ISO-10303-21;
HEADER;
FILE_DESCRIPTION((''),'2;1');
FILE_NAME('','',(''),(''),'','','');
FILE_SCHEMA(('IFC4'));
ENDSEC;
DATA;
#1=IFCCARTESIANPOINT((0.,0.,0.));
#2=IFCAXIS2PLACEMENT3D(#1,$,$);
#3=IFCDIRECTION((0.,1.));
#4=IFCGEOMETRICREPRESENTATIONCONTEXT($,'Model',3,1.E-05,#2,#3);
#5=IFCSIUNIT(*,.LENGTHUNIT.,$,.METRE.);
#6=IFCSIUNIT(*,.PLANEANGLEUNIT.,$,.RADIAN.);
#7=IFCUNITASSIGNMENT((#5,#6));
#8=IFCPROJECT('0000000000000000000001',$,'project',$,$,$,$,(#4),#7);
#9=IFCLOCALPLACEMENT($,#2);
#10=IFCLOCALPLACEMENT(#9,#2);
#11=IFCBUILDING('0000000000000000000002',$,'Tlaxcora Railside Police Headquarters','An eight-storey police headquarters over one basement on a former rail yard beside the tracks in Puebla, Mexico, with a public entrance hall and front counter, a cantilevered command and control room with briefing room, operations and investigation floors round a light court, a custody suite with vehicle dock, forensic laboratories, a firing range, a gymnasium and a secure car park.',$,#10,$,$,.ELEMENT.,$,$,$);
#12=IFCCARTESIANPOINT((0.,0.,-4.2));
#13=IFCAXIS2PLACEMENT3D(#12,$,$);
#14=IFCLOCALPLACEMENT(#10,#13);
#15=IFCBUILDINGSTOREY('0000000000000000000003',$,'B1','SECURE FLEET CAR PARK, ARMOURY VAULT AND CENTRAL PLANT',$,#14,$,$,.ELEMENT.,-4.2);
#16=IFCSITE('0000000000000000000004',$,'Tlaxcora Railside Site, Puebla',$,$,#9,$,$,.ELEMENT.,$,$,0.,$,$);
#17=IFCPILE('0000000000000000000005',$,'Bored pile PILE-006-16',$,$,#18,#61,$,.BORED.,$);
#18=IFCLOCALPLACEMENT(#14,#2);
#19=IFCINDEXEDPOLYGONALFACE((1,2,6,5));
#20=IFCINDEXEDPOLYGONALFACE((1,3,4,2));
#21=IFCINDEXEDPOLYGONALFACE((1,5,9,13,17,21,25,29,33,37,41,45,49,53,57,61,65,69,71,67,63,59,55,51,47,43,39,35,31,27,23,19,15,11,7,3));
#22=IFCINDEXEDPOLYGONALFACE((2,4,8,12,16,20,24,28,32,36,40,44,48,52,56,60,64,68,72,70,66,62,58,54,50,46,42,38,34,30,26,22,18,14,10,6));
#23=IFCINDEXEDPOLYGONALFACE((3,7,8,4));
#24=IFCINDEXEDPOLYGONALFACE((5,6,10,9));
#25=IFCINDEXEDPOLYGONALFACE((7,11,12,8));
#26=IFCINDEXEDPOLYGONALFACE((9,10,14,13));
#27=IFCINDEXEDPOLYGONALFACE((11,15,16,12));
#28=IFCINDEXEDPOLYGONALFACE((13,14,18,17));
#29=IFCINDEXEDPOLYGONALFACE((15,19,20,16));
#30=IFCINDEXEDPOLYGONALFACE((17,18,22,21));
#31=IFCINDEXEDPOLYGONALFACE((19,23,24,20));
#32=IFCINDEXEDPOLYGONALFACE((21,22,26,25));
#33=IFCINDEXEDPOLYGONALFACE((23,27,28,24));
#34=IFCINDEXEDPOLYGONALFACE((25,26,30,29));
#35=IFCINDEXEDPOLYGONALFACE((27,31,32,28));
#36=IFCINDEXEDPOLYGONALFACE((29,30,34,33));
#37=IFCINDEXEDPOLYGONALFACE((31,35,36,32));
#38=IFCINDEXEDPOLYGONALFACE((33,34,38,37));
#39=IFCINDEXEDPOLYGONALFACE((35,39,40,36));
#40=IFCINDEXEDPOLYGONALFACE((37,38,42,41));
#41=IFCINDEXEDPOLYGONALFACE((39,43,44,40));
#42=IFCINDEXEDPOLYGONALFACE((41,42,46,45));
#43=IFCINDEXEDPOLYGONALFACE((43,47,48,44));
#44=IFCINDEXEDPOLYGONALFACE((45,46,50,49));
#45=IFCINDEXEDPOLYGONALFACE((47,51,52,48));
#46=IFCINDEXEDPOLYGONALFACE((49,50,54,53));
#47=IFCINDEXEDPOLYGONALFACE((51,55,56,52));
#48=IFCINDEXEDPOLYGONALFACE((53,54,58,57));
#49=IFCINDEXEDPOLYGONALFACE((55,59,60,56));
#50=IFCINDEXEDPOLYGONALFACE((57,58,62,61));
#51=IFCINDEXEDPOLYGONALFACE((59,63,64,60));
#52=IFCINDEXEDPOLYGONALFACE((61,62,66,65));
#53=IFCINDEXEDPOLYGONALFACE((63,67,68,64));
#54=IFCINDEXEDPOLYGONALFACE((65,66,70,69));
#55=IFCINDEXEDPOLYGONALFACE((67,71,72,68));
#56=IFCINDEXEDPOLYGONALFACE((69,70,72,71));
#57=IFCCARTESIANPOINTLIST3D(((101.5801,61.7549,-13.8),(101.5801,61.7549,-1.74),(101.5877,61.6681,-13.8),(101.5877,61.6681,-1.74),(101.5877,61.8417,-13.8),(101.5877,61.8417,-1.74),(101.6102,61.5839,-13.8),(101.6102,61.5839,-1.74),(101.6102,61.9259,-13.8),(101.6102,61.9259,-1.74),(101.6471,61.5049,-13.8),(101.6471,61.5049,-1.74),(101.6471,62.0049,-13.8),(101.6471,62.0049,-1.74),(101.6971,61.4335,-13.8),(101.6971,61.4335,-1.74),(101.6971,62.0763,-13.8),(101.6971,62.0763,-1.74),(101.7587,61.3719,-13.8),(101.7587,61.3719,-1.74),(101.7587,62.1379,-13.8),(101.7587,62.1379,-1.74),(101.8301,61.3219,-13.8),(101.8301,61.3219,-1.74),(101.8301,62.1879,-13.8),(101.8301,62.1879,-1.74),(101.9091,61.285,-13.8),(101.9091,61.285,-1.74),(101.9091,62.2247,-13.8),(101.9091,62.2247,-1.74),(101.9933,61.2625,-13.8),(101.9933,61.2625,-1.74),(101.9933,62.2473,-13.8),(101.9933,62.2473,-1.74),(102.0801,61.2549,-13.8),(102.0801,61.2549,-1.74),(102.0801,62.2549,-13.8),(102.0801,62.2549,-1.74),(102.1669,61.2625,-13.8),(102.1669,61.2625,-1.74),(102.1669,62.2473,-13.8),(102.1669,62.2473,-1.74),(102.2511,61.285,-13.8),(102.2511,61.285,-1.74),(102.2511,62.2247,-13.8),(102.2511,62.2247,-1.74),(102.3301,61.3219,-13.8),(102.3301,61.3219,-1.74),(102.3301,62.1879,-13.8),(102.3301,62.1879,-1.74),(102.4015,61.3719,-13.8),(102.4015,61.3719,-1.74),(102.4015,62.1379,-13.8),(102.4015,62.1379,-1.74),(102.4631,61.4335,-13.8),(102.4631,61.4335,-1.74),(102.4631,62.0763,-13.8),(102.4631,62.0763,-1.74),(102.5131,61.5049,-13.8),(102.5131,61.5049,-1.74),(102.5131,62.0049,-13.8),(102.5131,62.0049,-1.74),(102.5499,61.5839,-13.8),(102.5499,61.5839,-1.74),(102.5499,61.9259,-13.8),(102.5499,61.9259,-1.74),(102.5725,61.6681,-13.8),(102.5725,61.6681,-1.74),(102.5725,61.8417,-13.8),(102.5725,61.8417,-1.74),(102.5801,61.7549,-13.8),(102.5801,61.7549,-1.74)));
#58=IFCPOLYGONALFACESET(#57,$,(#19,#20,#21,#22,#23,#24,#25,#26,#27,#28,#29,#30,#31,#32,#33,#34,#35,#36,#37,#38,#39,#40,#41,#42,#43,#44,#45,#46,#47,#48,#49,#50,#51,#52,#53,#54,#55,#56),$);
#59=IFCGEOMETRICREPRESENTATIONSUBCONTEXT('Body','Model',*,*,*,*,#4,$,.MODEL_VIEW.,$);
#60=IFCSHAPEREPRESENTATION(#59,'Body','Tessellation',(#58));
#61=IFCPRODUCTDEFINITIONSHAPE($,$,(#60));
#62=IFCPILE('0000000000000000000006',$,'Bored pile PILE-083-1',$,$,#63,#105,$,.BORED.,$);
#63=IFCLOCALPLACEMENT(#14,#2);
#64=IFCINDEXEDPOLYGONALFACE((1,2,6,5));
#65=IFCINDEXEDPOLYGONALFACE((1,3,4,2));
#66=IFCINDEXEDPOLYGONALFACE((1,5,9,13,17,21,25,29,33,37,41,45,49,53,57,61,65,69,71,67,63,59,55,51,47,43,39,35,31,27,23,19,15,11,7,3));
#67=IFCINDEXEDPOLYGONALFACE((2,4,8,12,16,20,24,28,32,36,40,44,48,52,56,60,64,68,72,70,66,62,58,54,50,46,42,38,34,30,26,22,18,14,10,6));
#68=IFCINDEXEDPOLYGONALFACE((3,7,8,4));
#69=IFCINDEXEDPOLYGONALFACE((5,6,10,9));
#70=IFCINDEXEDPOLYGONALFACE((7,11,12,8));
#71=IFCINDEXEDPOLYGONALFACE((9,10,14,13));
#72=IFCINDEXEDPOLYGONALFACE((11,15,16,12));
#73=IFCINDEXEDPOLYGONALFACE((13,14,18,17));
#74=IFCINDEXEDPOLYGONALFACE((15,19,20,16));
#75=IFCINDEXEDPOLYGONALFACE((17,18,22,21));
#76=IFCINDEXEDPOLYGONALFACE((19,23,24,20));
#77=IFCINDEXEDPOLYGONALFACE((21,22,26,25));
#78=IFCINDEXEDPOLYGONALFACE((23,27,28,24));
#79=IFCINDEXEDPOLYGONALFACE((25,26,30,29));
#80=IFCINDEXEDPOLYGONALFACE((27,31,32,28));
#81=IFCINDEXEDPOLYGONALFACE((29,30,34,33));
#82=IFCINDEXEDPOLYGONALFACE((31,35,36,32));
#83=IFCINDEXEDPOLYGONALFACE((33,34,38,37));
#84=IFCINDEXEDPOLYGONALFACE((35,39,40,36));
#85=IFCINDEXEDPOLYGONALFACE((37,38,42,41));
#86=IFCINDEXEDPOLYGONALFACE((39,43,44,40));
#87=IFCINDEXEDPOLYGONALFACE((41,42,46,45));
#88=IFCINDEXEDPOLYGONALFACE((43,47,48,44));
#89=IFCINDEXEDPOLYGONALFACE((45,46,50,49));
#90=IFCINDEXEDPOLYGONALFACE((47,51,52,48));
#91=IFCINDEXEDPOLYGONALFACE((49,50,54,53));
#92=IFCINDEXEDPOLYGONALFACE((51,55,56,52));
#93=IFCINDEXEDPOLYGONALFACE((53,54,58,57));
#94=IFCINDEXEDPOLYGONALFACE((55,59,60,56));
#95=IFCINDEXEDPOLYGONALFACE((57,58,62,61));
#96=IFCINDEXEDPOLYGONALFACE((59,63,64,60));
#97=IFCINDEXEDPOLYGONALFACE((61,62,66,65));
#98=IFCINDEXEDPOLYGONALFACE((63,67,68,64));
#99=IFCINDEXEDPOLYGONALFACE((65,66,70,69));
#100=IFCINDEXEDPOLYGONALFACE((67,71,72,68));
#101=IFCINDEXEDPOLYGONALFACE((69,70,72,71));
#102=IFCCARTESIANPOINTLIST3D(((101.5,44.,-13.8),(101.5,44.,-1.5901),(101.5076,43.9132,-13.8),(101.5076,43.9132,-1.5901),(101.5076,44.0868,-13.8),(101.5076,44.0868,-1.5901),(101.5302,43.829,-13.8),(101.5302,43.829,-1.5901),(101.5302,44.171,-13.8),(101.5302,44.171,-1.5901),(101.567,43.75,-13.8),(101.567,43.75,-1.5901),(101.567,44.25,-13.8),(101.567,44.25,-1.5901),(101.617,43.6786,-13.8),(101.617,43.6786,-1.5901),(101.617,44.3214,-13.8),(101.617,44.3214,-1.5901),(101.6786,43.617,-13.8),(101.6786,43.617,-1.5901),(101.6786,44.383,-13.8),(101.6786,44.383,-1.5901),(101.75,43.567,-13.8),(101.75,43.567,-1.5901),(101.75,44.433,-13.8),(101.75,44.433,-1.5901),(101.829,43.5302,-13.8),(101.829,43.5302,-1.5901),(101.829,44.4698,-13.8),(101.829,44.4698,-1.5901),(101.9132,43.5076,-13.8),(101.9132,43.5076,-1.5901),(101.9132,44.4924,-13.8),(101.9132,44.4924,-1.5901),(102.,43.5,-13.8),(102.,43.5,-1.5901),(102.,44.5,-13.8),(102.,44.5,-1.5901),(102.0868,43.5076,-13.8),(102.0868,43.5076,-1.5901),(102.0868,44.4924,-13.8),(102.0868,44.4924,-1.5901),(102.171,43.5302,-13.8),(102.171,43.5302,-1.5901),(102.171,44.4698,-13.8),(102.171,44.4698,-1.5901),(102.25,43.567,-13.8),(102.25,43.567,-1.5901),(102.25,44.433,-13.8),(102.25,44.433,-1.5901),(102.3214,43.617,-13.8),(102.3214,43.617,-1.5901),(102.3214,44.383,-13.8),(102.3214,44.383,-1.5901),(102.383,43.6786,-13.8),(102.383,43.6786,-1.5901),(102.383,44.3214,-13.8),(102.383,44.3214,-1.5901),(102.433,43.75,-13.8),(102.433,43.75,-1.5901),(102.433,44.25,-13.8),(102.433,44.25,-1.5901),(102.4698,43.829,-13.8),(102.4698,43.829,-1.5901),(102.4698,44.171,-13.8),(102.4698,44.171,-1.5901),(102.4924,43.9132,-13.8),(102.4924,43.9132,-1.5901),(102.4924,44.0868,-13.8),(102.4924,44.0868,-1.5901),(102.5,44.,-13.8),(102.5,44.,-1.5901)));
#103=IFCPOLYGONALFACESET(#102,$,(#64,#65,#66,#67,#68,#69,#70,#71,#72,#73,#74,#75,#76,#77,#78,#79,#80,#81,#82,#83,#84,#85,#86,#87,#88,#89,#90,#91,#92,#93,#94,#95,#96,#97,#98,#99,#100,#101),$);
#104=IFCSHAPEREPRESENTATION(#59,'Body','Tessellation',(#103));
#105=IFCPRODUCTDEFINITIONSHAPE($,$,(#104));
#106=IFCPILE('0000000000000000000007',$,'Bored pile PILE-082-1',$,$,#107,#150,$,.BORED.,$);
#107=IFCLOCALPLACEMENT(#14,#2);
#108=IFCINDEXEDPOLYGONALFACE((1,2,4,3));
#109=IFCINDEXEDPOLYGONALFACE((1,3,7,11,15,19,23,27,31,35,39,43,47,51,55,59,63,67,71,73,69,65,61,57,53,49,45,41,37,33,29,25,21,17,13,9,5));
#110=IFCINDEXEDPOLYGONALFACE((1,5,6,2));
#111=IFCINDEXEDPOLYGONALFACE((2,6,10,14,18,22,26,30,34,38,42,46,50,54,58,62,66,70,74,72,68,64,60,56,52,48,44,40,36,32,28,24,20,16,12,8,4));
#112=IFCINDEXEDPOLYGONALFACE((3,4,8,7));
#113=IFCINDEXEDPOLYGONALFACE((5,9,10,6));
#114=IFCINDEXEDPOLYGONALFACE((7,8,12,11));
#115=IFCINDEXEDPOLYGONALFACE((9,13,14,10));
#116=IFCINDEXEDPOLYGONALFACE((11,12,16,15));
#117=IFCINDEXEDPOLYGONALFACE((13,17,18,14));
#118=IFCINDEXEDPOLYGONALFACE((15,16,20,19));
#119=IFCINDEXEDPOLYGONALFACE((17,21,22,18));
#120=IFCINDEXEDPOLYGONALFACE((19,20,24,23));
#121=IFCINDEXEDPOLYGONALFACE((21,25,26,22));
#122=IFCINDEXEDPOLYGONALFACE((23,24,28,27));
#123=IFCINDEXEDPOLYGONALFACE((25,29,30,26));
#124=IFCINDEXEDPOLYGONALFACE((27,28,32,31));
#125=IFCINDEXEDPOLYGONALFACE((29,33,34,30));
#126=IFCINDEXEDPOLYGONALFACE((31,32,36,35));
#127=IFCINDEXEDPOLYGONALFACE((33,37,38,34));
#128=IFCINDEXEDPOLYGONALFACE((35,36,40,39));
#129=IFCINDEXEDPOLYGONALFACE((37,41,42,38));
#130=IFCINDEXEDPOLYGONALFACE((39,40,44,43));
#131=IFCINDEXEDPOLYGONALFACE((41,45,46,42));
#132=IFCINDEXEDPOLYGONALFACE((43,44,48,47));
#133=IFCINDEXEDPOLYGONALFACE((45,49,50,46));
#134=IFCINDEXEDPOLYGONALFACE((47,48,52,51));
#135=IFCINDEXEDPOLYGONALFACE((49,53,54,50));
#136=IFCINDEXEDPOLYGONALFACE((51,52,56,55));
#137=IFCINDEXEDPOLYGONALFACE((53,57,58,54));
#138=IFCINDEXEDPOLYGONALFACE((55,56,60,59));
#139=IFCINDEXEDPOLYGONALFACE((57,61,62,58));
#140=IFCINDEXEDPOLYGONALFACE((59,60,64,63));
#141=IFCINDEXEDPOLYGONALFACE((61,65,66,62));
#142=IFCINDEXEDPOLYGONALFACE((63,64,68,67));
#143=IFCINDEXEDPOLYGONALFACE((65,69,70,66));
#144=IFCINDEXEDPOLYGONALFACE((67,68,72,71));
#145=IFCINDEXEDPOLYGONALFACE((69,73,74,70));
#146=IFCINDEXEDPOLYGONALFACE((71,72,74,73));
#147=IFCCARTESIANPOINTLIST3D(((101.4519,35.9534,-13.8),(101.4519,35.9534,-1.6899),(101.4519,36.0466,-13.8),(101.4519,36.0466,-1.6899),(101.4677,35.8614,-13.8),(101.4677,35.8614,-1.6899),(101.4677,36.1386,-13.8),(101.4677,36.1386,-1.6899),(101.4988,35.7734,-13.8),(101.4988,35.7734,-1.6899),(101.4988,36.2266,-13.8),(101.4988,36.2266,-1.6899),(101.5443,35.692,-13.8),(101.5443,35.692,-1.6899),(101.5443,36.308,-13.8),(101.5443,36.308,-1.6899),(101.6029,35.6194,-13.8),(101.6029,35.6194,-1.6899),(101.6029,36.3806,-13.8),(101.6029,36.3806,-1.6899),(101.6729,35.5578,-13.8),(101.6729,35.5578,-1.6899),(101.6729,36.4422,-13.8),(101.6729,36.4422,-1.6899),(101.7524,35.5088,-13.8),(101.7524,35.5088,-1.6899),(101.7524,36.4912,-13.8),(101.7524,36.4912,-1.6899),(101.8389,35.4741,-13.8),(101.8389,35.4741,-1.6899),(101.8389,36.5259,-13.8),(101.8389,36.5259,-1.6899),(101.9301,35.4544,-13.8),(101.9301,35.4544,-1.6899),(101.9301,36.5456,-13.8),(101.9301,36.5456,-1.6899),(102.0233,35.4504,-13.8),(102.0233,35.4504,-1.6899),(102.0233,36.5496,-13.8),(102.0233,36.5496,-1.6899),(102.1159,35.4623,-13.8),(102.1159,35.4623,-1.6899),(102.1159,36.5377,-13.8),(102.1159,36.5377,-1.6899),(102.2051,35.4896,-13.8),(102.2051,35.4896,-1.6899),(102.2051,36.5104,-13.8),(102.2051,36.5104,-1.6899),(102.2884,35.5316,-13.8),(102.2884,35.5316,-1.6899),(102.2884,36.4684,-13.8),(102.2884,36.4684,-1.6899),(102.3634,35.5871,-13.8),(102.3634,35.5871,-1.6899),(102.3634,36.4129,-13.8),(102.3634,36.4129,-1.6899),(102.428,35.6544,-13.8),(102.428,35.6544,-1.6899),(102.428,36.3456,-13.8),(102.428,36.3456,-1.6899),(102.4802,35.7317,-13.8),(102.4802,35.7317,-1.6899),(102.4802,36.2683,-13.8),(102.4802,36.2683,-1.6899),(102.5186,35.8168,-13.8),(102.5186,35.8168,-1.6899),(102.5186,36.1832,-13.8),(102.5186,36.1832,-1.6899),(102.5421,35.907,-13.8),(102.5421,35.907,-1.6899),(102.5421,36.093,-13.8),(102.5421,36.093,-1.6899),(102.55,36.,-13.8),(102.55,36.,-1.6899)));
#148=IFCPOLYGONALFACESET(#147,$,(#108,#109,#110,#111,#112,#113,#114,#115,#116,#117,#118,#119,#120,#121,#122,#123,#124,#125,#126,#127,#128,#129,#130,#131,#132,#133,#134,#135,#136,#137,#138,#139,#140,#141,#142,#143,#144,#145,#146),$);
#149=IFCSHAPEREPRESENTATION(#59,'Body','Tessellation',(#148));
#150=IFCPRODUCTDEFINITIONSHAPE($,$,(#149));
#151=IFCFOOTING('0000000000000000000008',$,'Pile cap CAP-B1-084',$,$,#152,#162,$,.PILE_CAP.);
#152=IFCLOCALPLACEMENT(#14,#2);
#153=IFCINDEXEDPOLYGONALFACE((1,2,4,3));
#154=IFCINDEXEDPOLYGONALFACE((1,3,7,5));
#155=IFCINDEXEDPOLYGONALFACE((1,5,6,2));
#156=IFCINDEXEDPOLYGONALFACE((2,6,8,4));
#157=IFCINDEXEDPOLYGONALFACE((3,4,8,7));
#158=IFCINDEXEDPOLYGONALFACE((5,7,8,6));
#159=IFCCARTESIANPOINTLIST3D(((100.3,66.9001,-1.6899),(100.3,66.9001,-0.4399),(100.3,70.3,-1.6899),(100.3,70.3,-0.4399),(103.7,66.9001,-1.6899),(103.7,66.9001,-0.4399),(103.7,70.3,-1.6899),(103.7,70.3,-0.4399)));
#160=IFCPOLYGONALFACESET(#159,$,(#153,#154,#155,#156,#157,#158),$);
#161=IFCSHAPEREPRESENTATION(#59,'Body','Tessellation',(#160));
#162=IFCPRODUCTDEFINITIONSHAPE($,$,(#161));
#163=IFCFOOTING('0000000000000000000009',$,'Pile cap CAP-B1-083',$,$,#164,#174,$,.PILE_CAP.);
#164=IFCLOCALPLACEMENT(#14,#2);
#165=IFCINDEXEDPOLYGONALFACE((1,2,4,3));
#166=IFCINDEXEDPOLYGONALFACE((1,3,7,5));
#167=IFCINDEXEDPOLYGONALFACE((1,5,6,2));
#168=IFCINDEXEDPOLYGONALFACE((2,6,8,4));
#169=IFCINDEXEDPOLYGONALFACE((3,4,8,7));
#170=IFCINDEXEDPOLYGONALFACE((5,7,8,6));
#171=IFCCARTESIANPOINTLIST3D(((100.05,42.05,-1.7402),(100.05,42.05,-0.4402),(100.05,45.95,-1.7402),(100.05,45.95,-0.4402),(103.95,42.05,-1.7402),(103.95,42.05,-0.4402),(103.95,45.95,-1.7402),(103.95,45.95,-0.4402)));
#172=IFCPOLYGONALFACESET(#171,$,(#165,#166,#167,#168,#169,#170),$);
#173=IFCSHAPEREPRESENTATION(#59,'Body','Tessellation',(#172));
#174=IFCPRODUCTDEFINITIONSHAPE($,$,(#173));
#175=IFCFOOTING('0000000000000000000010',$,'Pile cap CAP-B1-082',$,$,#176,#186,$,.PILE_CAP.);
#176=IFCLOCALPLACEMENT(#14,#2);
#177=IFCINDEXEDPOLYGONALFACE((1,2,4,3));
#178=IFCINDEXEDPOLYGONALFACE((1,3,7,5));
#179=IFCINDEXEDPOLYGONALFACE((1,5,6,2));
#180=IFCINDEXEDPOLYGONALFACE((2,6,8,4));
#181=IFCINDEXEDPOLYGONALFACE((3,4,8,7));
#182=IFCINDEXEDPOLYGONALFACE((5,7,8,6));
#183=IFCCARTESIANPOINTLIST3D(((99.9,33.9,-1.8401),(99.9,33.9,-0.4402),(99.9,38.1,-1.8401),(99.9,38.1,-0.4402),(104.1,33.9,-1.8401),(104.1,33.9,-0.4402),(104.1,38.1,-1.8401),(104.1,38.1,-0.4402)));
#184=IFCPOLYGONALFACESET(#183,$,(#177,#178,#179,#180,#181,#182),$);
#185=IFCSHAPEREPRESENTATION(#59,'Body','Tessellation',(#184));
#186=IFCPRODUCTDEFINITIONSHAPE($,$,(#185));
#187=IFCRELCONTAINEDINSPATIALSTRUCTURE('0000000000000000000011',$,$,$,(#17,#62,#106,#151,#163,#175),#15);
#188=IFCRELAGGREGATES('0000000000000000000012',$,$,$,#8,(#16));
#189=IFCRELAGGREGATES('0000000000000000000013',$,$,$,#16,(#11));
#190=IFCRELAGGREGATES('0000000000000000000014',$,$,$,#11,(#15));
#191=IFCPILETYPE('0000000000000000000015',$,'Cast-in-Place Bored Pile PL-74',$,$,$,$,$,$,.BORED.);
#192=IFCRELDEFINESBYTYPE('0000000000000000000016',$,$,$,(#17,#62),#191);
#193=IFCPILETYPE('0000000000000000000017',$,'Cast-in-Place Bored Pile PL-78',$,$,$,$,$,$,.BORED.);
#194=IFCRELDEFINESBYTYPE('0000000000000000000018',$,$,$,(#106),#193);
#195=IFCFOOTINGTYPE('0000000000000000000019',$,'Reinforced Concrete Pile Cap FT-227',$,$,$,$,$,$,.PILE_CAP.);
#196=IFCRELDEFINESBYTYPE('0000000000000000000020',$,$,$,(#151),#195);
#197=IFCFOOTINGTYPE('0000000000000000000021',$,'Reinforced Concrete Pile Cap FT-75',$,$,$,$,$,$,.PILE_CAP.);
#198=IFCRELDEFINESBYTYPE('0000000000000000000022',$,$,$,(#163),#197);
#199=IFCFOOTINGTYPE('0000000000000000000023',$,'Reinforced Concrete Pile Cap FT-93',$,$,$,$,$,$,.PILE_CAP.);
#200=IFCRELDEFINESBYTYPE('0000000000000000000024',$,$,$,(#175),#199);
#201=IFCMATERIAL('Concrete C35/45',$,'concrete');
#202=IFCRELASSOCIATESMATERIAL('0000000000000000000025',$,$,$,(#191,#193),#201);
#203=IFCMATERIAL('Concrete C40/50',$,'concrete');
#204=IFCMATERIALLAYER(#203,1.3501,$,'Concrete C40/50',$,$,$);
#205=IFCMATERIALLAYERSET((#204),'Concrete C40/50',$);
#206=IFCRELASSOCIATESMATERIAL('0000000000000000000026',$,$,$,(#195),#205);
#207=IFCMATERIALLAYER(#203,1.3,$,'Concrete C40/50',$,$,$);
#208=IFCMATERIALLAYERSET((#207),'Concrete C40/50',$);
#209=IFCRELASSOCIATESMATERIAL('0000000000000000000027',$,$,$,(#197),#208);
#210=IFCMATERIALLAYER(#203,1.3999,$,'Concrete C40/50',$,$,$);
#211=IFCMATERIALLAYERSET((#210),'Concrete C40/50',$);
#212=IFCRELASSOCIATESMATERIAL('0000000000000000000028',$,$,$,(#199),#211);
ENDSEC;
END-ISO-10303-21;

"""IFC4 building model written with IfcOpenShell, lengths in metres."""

from ifc_helpers import new_model, si_unit, direction, frame, origin, origin_2d, place, context, subcontext, project, spatial, rectangle, circle, extrude, material, layer, layer_set, material_profile, profile_set, type_object, element, save


model = new_model("IFC4")

# Units and contexts
model_context = context("Model", 3, precision=1e-05, world=origin(), true_north=direction((0.0, 1.0)))
body_context = subcontext(model_context, "Body", "Model", "MODEL_VIEW")
ifc_project = project(units=[si_unit("LENGTHUNIT", "METRE"), si_unit("PLANEANGLEUNIT", "RADIAN")], contexts=[model_context])

# Site, building, storey
site_placement = place(None, origin())
site = spatial("IfcSite", under=ifc_project, at=site_placement, Name="Tlaxcora Railside Site, Puebla", CompositionType="ELEMENT", RefElevation=0.0)
building_placement = place(site_placement, origin())
building = spatial("IfcBuilding", under=site, at=building_placement, Name="Tlaxcora Railside Police Headquarters", Description="An eight-storey police headquarters over one basement on a former rail yard beside the tracks in Puebla, Mexico, with a public entrance hall and front counter, a cantilevered command and control room with briefing room, operations and investigation floors round a light court, a custody suite with vehicle dock, forensic laboratories, a firing range, a gymnasium and a secure car park.", CompositionType="ELEMENT")
storey_placement = place(building_placement, frame((0.0, 0.0, -4.2)))
storey = spatial("IfcBuildingStorey", under=building, at=storey_placement, Name="B1", Description="SECURE FLEET CAR PARK, ARMOURY VAULT AND CENTRAL PLANT", CompositionType="ELEMENT", Elevation=-4.2)

# Piles
ifc_material_1 = material(Name="Concrete C35/45", Category="concrete")
ifc_material_profile_1 = material_profile(ifc_material_1, circle(Radius=0.5, at=origin_2d()), Name="PILE1000")
ifc_profile_set_1 = profile_set([ifc_material_profile_1], Name="Concrete C35/45")
pile_type_1 = type_object("IfcPileType", Name="Cast-in-Place Bored Pile PL-74", PredefinedType="BORED", material=ifc_profile_set_1)
for number, where, z_axis, x_axis, name in (
    (1, (102.0801, 61.7549, -1.74), (0.0, 0.0, -1.0), (1.0, 0.0, 0.0), "Bored pile PILE-006-16"),
):
    element("IfcPile", number, at=place(storey_placement, frame(where, z_axis=z_axis, x_axis=x_axis)), inside=storey, type_object=pile_type_1, Name=name, PredefinedType="BORED", context=body_context, shape_type="SweptSolid", body=[
        extrude(circle(Radius=0.5, at=origin_2d()), origin(), (0.0, 0.0, 1.0), 12.0601),
    ])
pile_1_placement = place(storey_placement, frame((102.0, 44.0, -1.5901), z_axis=(0.0, 0.0, -1.0), x_axis=(1.0, 0.0, 0.0)))
element("IfcPile", 2, at=pile_1_placement, inside=storey, type_object=pile_type_1, Name="Bored pile PILE-083-1", PredefinedType="BORED", context=body_context, shape_type="SweptSolid", body=[
    extrude(circle(Radius=0.5, at=origin_2d()), origin(), (0.0, 0.0, 1.0), 12.21),
])
ifc_material_profile_2 = material_profile(ifc_material_1, circle(Radius=0.55, at=origin_2d()), Name="PILE1100")
ifc_profile_set_2 = profile_set([ifc_material_profile_2], Name="Concrete C35/45")
pile_type_2 = type_object("IfcPileType", Name="Cast-in-Place Bored Pile PL-78", PredefinedType="BORED", material=ifc_profile_set_2)
pile_2_placement = place(storey_placement, frame((102.0, 36.0, -1.6899), z_axis=(0.0, 0.0, -1.0), x_axis=(1.0, 0.0, 0.0)))
element("IfcPile", 3, at=pile_2_placement, inside=storey, type_object=pile_type_2, Name="Bored pile PILE-082-1", PredefinedType="BORED", context=body_context, shape_type="SweptSolid", body=[
    extrude(circle(Radius=0.55, at=origin_2d()), origin(), (0.0, 0.0, 1.0), 12.1101),
])

# Footings
ifc_material_2 = material(Name="Concrete C40/50", Category="concrete")
ifc_layer_1 = layer(ifc_material_2, 1.3501, Name="Concrete C40/50")
ifc_layer_set_1 = layer_set([ifc_layer_1], Name="Concrete C40/50")
footing_type_1 = type_object("IfcFootingType", Name="Reinforced Concrete Pile Cap FT-227", PredefinedType="PILE_CAP", material=ifc_layer_set_1)
footing_1_placement = place(storey_placement, frame((102.0, 68.6001, -1.6899), z_axis=(0.0, 0.0, 1.0), x_axis=(1.0, 0.0, 0.0)))
element("IfcFooting", 4, at=footing_1_placement, inside=storey, type_object=footing_type_1, Name="Pile cap CAP-B1-084", PredefinedType="PILE_CAP", context=body_context, shape_type="SweptSolid", body=[
    extrude(rectangle(XDim=3.3999, YDim=3.3999, at=origin_2d()), origin(), (0.0, 0.0, 1.0), 1.25),
])
ifc_layer_2 = layer(ifc_material_2, 1.3, Name="Concrete C40/50")
ifc_layer_set_2 = layer_set([ifc_layer_2], Name="Concrete C40/50")
footing_type_2 = type_object("IfcFootingType", Name="Reinforced Concrete Pile Cap FT-75", PredefinedType="PILE_CAP", material=ifc_layer_set_2)
footing_2_placement = place(storey_placement, frame((102.0, 44.0, -1.7402), z_axis=(0.0, 0.0, 1.0), x_axis=(1.0, 0.0, 0.0)))
element("IfcFooting", 5, at=footing_2_placement, inside=storey, type_object=footing_type_2, Name="Pile cap CAP-B1-083", PredefinedType="PILE_CAP", context=body_context, shape_type="SweptSolid", body=[
    extrude(rectangle(XDim=3.8999, YDim=3.8999, at=origin_2d()), origin(), (0.0, 0.0, 1.0), 1.3),
])
ifc_layer_3 = layer(ifc_material_2, 1.3999, Name="Concrete C40/50")
ifc_layer_set_3 = layer_set([ifc_layer_3], Name="Concrete C40/50")
footing_type_3 = type_object("IfcFootingType", Name="Reinforced Concrete Pile Cap FT-93", PredefinedType="PILE_CAP", material=ifc_layer_set_3)
footing_3_placement = place(storey_placement, frame((102.0, 36.0, -1.8401), z_axis=(0.0, 0.0, 1.0), x_axis=(1.0, 0.0, 0.0)))
element("IfcFooting", 6, at=footing_3_placement, inside=storey, type_object=footing_type_3, Name="Pile cap CAP-B1-082", PredefinedType="PILE_CAP", context=body_context, shape_type="SweptSolid", body=[
    extrude(rectangle(XDim=4.2, YDim=4.2, at=origin_2d()), origin(), (0.0, 0.0, 1.0), 1.3999),
])

save(model, "model.ifc")
